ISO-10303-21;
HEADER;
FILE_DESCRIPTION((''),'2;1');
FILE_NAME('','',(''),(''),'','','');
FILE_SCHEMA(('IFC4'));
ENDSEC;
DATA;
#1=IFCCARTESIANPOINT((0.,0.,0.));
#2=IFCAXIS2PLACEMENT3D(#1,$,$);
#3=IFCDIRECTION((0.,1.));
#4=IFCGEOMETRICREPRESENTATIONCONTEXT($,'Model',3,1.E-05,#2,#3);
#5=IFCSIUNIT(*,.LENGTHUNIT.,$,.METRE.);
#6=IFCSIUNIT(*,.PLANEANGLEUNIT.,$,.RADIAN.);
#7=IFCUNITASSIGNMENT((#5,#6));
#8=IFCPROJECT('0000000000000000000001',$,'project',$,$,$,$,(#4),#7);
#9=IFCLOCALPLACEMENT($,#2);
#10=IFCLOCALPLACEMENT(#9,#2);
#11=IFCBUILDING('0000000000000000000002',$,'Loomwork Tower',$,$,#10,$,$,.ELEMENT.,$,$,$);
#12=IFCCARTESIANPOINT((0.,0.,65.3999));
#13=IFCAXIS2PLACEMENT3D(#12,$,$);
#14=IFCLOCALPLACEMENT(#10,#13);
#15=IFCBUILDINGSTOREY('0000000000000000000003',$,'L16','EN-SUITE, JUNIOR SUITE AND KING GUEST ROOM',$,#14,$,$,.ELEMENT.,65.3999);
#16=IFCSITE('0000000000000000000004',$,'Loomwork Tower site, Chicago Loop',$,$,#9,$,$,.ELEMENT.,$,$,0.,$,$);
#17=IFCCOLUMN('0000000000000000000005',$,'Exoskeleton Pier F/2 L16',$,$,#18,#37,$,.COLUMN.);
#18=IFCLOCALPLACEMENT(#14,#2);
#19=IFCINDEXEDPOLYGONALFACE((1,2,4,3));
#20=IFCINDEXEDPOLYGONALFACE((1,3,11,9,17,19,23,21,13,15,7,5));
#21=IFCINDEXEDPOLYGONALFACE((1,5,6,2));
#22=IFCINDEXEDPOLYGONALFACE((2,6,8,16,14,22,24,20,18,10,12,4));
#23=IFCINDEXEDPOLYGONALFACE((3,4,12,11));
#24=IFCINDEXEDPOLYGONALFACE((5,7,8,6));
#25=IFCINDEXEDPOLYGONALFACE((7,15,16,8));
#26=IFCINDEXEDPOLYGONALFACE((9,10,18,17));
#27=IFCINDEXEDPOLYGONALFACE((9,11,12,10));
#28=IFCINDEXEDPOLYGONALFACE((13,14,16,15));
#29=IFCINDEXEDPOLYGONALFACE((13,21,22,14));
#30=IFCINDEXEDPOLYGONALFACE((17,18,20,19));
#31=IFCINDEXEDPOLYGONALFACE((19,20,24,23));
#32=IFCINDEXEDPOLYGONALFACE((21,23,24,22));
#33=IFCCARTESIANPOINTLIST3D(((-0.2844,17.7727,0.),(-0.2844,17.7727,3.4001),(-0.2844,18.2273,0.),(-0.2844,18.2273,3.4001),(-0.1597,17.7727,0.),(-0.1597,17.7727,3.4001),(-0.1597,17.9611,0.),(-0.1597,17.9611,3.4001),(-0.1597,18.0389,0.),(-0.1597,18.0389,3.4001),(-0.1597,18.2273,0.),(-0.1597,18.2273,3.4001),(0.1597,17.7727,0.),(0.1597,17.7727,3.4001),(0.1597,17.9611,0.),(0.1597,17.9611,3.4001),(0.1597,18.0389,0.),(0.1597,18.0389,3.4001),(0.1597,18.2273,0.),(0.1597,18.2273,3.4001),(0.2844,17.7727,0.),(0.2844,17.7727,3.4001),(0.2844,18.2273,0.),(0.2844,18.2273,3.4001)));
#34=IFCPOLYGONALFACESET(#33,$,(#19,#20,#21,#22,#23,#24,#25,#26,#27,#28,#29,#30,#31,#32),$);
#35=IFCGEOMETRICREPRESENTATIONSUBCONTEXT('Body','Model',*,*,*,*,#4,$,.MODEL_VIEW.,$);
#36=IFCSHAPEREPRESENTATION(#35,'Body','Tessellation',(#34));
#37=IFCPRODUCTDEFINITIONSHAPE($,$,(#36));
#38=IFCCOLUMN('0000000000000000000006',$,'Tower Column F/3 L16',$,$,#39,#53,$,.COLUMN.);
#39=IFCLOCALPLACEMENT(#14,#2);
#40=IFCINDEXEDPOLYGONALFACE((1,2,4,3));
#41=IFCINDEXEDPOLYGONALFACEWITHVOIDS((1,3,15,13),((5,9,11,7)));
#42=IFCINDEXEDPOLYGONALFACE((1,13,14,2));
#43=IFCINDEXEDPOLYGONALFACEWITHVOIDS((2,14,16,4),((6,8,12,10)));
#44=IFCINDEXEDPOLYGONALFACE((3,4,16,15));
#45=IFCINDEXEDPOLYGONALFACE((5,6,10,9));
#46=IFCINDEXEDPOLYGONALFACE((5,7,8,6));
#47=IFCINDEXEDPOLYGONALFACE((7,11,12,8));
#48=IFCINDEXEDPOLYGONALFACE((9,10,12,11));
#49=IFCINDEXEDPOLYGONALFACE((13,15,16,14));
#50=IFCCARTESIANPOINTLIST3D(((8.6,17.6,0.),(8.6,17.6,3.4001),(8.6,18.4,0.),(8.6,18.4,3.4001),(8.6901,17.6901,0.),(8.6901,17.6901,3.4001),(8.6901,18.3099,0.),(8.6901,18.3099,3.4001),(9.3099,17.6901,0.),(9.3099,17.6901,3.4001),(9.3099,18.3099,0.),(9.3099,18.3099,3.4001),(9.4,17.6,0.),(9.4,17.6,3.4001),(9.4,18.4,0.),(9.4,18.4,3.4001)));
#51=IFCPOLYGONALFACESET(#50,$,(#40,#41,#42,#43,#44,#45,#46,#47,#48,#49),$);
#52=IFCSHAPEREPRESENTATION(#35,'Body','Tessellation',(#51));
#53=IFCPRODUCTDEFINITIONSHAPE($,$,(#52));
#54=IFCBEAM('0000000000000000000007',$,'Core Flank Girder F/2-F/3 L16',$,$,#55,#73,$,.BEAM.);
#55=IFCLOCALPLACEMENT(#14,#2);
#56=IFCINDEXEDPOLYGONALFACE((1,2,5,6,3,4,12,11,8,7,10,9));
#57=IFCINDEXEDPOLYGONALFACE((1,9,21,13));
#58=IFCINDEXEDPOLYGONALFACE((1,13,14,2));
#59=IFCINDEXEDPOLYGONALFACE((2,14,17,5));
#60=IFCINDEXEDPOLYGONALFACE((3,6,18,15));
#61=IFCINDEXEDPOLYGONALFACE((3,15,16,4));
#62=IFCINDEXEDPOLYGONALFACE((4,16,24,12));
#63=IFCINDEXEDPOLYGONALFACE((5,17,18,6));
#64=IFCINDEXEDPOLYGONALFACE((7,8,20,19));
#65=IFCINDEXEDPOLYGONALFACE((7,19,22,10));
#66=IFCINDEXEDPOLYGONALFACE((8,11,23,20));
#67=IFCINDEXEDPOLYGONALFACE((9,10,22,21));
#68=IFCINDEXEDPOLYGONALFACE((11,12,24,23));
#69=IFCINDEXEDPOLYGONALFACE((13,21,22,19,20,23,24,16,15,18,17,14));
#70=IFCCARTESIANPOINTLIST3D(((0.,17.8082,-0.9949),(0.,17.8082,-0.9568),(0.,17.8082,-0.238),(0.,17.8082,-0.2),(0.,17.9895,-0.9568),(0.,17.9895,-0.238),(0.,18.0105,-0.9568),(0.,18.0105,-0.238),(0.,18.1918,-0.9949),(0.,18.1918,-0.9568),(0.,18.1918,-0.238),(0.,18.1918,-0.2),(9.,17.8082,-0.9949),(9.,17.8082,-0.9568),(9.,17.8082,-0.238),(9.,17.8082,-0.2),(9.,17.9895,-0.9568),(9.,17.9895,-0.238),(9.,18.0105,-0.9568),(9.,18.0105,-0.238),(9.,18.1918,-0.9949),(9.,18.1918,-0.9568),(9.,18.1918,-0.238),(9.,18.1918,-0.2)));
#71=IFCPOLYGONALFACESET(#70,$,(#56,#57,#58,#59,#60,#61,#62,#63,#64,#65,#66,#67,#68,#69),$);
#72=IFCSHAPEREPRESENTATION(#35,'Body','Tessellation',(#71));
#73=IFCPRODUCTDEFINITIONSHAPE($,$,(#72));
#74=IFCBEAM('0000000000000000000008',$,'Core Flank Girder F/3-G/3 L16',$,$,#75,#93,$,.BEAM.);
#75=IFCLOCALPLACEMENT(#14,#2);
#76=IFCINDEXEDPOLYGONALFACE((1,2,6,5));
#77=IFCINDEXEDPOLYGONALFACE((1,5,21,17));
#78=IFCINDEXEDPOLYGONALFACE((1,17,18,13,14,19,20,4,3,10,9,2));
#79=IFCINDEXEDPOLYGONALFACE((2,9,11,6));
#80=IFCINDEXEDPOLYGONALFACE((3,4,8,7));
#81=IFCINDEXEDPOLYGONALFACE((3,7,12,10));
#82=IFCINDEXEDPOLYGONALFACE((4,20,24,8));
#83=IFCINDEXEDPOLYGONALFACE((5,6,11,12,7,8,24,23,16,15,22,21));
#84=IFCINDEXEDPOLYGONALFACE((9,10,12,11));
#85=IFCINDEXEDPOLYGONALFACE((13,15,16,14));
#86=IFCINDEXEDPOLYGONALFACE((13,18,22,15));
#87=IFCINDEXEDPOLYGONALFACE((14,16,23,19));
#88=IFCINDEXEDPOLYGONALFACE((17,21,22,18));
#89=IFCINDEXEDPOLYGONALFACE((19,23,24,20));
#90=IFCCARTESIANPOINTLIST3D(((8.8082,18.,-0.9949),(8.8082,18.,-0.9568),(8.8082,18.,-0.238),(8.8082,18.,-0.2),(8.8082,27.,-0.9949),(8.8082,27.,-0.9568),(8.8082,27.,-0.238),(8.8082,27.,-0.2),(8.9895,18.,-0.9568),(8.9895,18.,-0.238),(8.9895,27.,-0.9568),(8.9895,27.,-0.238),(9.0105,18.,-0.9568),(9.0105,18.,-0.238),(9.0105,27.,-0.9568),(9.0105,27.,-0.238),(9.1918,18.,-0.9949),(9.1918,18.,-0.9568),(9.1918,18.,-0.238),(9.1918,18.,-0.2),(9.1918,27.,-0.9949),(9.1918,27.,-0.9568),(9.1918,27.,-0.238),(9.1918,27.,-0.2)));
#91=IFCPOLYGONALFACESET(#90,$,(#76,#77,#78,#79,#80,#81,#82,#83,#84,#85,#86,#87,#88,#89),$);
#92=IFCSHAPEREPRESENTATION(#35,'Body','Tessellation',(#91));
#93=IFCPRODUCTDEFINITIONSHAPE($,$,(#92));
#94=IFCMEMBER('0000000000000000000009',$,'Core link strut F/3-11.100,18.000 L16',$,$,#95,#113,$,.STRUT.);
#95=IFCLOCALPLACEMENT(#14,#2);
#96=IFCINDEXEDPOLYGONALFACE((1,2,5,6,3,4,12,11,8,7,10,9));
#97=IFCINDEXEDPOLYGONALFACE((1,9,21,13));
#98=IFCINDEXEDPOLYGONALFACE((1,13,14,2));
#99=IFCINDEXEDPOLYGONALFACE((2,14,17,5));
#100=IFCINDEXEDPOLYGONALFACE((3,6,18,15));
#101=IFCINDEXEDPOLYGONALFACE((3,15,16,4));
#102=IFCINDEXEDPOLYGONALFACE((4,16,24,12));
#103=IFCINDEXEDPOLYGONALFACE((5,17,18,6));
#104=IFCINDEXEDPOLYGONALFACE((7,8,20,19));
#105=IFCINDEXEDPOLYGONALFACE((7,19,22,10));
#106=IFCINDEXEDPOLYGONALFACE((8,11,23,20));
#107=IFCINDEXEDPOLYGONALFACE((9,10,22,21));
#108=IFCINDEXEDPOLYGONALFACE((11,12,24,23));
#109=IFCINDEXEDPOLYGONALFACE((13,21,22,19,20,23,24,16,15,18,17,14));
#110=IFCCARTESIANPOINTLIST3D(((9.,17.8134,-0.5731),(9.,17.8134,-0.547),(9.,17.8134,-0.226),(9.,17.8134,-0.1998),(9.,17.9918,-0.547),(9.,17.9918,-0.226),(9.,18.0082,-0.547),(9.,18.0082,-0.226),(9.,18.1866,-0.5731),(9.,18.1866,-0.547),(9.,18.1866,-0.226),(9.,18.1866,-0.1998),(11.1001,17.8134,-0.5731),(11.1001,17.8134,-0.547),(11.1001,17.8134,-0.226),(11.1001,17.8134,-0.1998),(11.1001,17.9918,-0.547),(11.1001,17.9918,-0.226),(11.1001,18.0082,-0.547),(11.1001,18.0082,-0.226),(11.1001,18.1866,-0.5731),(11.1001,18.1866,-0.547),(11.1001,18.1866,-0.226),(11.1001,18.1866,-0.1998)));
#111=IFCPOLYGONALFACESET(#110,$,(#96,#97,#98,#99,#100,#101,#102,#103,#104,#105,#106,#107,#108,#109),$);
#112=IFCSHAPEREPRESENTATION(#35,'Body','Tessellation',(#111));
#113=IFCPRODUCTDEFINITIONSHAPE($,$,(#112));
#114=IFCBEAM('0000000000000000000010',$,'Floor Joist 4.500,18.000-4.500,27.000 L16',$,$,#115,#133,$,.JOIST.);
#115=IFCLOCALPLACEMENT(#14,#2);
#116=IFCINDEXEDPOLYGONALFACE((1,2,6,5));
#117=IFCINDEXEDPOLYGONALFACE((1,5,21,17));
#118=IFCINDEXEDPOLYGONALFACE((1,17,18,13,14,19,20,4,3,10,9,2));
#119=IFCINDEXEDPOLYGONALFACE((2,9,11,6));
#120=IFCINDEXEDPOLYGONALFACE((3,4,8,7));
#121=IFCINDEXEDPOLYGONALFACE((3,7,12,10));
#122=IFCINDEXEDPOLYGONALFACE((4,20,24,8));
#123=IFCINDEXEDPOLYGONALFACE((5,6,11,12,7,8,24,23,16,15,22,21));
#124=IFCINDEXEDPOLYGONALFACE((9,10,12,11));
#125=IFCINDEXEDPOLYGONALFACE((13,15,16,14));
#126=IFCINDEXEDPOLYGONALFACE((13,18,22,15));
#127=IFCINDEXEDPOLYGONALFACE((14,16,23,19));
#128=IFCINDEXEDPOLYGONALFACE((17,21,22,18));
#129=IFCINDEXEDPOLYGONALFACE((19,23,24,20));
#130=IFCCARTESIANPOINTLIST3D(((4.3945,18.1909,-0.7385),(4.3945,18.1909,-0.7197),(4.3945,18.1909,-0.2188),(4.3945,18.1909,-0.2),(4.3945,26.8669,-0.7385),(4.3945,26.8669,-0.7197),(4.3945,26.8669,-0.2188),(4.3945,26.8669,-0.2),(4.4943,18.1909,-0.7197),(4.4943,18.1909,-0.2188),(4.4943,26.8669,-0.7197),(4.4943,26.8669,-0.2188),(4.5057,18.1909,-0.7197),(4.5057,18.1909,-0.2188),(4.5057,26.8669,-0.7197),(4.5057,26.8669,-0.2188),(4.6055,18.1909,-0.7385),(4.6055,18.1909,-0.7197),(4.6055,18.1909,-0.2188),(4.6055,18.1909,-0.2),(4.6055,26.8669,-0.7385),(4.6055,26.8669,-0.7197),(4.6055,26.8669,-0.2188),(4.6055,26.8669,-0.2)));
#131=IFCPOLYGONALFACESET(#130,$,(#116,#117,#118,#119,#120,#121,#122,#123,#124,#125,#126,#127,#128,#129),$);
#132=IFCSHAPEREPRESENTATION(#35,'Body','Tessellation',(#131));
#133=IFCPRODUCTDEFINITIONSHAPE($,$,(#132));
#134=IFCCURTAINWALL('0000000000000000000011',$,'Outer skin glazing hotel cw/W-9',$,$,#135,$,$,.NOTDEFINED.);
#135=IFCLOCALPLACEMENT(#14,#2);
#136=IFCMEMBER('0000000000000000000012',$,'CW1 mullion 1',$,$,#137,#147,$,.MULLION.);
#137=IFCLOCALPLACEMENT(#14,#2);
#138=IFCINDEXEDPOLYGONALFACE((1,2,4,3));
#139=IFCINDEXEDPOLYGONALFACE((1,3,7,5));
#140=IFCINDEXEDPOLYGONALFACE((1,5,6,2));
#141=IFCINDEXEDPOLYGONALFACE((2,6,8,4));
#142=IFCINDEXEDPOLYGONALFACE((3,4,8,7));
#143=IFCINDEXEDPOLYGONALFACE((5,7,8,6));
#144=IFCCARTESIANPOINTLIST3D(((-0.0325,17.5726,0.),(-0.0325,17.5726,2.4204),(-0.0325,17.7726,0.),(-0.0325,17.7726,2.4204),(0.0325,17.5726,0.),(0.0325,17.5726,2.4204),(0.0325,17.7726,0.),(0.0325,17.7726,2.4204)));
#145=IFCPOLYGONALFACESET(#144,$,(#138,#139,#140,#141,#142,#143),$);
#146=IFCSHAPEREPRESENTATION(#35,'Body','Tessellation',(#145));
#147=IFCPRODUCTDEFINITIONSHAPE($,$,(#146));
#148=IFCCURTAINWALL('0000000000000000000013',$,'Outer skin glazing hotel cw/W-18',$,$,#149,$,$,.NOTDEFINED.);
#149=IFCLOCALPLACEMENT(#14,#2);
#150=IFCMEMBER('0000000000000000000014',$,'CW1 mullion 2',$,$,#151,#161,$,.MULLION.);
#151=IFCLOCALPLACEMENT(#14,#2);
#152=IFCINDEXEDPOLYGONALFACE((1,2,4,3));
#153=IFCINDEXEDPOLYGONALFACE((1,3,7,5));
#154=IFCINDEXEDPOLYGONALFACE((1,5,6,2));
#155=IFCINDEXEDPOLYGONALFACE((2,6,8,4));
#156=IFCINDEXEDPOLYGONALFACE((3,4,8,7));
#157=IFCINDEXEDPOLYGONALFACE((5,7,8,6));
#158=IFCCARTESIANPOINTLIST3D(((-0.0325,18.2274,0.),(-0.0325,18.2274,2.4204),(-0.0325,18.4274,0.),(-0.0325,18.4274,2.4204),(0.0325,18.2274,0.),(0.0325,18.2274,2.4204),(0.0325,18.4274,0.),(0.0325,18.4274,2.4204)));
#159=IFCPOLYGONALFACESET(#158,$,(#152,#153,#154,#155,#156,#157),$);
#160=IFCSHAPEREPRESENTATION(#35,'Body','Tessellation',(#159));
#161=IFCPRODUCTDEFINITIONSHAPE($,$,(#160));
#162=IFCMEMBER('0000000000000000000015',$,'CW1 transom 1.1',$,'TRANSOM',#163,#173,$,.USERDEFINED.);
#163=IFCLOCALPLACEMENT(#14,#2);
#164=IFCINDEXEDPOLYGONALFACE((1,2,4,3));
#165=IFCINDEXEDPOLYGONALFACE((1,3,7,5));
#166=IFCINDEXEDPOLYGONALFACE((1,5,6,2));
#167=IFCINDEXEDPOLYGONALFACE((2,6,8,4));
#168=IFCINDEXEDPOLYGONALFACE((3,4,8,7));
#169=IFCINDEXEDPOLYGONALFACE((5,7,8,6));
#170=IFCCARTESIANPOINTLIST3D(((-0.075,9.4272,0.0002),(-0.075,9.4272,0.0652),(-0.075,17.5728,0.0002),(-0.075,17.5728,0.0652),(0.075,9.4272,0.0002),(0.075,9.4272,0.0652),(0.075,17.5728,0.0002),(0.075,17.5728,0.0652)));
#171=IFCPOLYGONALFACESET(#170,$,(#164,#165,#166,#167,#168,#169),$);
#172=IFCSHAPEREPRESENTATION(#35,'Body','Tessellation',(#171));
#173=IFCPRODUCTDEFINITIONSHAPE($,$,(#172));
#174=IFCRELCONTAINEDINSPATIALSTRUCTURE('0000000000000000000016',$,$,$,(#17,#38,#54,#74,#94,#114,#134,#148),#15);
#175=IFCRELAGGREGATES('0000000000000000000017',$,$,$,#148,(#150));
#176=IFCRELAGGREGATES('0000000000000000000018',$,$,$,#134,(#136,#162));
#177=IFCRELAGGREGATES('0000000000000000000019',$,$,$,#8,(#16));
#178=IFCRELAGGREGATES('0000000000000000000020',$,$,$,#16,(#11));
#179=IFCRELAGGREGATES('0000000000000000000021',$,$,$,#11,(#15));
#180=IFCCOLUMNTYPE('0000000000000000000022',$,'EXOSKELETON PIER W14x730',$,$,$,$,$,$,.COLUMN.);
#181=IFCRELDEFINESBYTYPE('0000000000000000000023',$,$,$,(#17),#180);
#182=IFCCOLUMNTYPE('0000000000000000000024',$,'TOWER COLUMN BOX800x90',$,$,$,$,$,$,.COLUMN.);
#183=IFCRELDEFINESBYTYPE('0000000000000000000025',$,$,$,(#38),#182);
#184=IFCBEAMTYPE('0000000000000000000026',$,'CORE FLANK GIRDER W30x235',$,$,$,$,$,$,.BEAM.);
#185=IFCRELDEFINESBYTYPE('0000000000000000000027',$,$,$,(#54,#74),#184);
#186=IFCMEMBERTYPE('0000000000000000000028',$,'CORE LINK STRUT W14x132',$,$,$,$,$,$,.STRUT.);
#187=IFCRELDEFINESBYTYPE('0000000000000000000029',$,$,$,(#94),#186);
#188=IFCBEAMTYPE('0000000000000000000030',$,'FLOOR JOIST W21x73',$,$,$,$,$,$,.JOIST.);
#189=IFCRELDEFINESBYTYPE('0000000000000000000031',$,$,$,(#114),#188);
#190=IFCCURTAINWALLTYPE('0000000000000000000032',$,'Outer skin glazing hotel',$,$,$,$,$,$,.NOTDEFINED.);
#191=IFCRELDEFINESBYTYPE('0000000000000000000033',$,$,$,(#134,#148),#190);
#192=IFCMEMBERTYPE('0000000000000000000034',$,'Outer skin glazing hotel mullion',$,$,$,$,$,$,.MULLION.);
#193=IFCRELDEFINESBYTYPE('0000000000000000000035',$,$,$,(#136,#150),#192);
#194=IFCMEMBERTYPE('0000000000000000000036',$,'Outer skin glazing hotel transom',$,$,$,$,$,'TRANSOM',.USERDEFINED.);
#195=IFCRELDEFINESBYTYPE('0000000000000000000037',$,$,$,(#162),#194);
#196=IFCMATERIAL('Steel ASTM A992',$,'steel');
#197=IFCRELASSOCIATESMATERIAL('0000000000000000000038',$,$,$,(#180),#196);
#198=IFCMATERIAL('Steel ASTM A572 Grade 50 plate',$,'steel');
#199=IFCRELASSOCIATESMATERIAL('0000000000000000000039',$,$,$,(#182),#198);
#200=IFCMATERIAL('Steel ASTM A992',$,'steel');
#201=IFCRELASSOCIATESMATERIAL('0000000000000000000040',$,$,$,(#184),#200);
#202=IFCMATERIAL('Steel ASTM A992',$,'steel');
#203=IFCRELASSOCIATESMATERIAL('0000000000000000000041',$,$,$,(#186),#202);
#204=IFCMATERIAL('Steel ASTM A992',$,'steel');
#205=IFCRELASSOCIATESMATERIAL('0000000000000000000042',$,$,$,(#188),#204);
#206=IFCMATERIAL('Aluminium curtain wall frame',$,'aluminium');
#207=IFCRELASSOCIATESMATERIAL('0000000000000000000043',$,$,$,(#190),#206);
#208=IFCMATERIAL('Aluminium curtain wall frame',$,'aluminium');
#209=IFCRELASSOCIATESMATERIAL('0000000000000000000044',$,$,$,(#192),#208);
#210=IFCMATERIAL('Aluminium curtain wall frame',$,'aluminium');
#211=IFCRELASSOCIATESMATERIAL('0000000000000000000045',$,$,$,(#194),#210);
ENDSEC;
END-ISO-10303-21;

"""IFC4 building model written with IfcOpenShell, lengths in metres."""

from ifc_helpers import new_model, si_unit, direction, frame, origin, origin_2d, place, context, subcontext, project, spatial, rectangle, hollow_rectangle, i_section, extrude, material, material_profile, profile_set, type_object, element, aggregate, save


model = new_model("IFC4")

# Units and contexts
model_context = context("Model", 3, precision=1e-05, world=origin(), true_north=direction((0.0, 1.0)))
body_context = subcontext(model_context, "Body", "Model", "MODEL_VIEW")
ifc_project = project(units=[si_unit("LENGTHUNIT", "METRE"), si_unit("PLANEANGLEUNIT", "RADIAN")], contexts=[model_context])

# Site, building, storey
site_placement = place(None, origin())
site = spatial("IfcSite", under=ifc_project, at=site_placement, Name="Loomwork Tower site, Chicago Loop", CompositionType="ELEMENT", RefElevation=0.0)
building_placement = place(site_placement, origin())
building = spatial("IfcBuilding", under=site, at=building_placement, Name="Loomwork Tower", CompositionType="ELEMENT")
storey_placement = place(building_placement, frame((0.0, 0.0, 65.3999)))
storey = spatial("IfcBuildingStorey", under=building, at=storey_placement, Name="L16", Description="EN-SUITE, JUNIOR SUITE AND KING GUEST ROOM", CompositionType="ELEMENT", Elevation=65.3999)

# Columns
ifc_material_1 = material(Name="Steel ASTM A992", Category="steel")
ifc_material_profile_1 = material_profile(ifc_material_1, i_section(OverallWidth=0.4546, OverallDepth=0.5688, WebThickness=0.0779, FlangeThickness=0.1248, at=origin_2d()), Name="W14x730")
ifc_profile_set_1 = profile_set([ifc_material_profile_1], Name="Steel ASTM A992")
column_type_1 = type_object("IfcColumnType", Name="EXOSKELETON PIER W14x730", PredefinedType="COLUMN", material=ifc_profile_set_1)
column_1_placement = place(storey_placement, frame((0.0, 18.0, 0.0), z_axis=(0.0, 0.0, 1.0), x_axis=(0.0, 1.0, 0.0)))
element("IfcColumn", 1, at=column_1_placement, inside=storey, type_object=column_type_1, Name="Exoskeleton Pier F/2 L16", PredefinedType="COLUMN", context=body_context, shape_type="SweptSolid", body=[
    extrude(i_section(OverallWidth=0.4546, OverallDepth=0.5688, WebThickness=0.0779, FlangeThickness=0.1248, at=origin_2d()), origin(), (0.0, 0.0, 1.0), 3.4001),
])
ifc_material_2 = material(Name="Steel ASTM A572 Grade 50 plate", Category="steel")
ifc_material_profile_2 = material_profile(ifc_material_2, hollow_rectangle(XDim=0.8, YDim=0.8, WallThickness=0.0901, at=origin_2d()), Name="BOX800x90")
ifc_profile_set_2 = profile_set([ifc_material_profile_2], Name="Steel ASTM A572 Grade 50 plate")
column_type_2 = type_object("IfcColumnType", Name="TOWER COLUMN BOX800x90", PredefinedType="COLUMN", material=ifc_profile_set_2)
column_2_placement = place(storey_placement, frame((9.0, 18.0, 0.0), z_axis=(0.0, 0.0, 1.0), x_axis=(1.0, 0.0, 0.0)))
element("IfcColumn", 2, at=column_2_placement, inside=storey, type_object=column_type_2, Name="Tower Column F/3 L16", PredefinedType="COLUMN", context=body_context, shape_type="SweptSolid", body=[
    extrude(hollow_rectangle(XDim=0.8, YDim=0.8, WallThickness=0.0901, at=origin_2d()), origin(), (0.0, 0.0, 1.0), 3.4001),
])

# Beams
ifc_material_3 = material(Name="Steel ASTM A992", Category="steel")
ifc_material_profile_3 = material_profile(ifc_material_3, i_section(OverallWidth=0.3835, OverallDepth=0.7949, WebThickness=0.021, FlangeThickness=0.0381, at=origin_2d()), Name="W30x235")
ifc_profile_set_3 = profile_set([ifc_material_profile_3], Name="Steel ASTM A992")
beam_type_1 = type_object("IfcBeamType", Name="CORE FLANK GIRDER W30x235", PredefinedType="BEAM", material=ifc_profile_set_3)
for number, where, z_axis, x_axis, name in (
    (3, (0.0, 18.0, -0.5974), (1.0, 0.0, 0.0), (0.0, 1.0, 0.0), "Core Flank Girder F/2-F/3 L16"),
    (4, (9.0, 18.0, -0.5974), (0.0, 1.0, 0.0), (-1.0, 0.0, 0.0), "Core Flank Girder F/3-G/3 L16"),
):
    element("IfcBeam", number, at=place(storey_placement, frame(where, z_axis=z_axis, x_axis=x_axis)), inside=storey, type_object=beam_type_1, Name=name, PredefinedType="BEAM", context=body_context, shape_type="SweptSolid", body=[
        extrude(i_section(OverallWidth=0.3835, OverallDepth=0.7949, WebThickness=0.021, FlangeThickness=0.0381, at=origin_2d()), origin(), (0.0, 0.0, 1.0), 9.0),
    ])

# Member
ifc_material_4 = material(Name="Steel ASTM A992", Category="steel")
ifc_material_profile_4 = material_profile(ifc_material_4, i_section(OverallWidth=0.3733, OverallDepth=0.3733, WebThickness=0.0164, FlangeThickness=0.0261, at=origin_2d()), Name="W14x132")
ifc_profile_set_4 = profile_set([ifc_material_profile_4], Name="Steel ASTM A992")
member_type_1 = type_object("IfcMemberType", Name="CORE LINK STRUT W14x132", PredefinedType="STRUT", material=ifc_profile_set_4)
member_1_placement = place(storey_placement, frame((9.0, 18.0, -0.3865), z_axis=(1.0, 0.0, 0.0), x_axis=(0.0, 1.0, 0.0)))
element("IfcMember", 5, at=member_1_placement, inside=storey, type_object=member_type_1, Name="Core link strut F/3-11.100,18.000 L16", PredefinedType="STRUT", context=body_context, shape_type="SweptSolid", body=[
    extrude(i_section(OverallWidth=0.3733, OverallDepth=0.3733, WebThickness=0.0164, FlangeThickness=0.0261, at=origin_2d()), origin(), (0.0, 0.0, 1.0), 2.1001),
])

# Beam
ifc_material_5 = material(Name="Steel ASTM A992", Category="steel")
ifc_material_profile_5 = material_profile(ifc_material_5, i_section(OverallWidth=0.2109, OverallDepth=0.5386, WebThickness=0.0115, FlangeThickness=0.0188, at=origin_2d()), Name="W21x73")
ifc_profile_set_5 = profile_set([ifc_material_profile_5], Name="Steel ASTM A992")
beam_type_2 = type_object("IfcBeamType", Name="FLOOR JOIST W21x73", PredefinedType="JOIST", material=ifc_profile_set_5)
beam_1_placement = place(storey_placement, frame((4.5, 18.1909, -0.4692), z_axis=(0.0, 1.0, 0.0), x_axis=(-1.0, 0.0, 0.0)))
element("IfcBeam", 6, at=beam_1_placement, inside=storey, type_object=beam_type_2, Name="Floor Joist 4.500,18.000-4.500,27.000 L16", PredefinedType="JOIST", context=body_context, shape_type="SweptSolid", body=[
    extrude(i_section(OverallWidth=0.2109, OverallDepth=0.5386, WebThickness=0.0115, FlangeThickness=0.0188, at=origin_2d()), origin(), (0.0, 0.0, 1.0), 8.676),
])

# Curtain walls, members
ifc_material_6 = material(Name="Aluminium curtain wall frame", Category="aluminium")
curtain_wall_type = type_object("IfcCurtainWallType", Name="Outer skin glazing hotel", PredefinedType="NOTDEFINED", material=ifc_material_6)
curtain_wall_1_placement = place(storey_placement, origin())
curtain_wall_1 = element("IfcCurtainWall", 7, at=curtain_wall_1_placement, inside=storey, type_object=curtain_wall_type, Name="Outer skin glazing hotel cw/W-9", PredefinedType="NOTDEFINED")
ifc_material_7 = material(Name="Aluminium curtain wall frame", Category="aluminium")
ifc_material_profile_6 = material_profile(ifc_material_7, rectangle(XDim=0.0649, YDim=0.2, at=origin_2d()), Name="AL 65x200")
ifc_profile_set_6 = profile_set([ifc_material_profile_6], Name="Aluminium curtain wall frame")
member_type_2 = type_object("IfcMemberType", Name="Outer skin glazing hotel mullion", PredefinedType="MULLION", material=ifc_profile_set_6)
member_2_placement = place(storey_placement, frame((0.0, 17.6726, 0.0), z_axis=(0.0, 0.0, 1.0), x_axis=(1.0, 0.0, 0.0)))
member_2 = element("IfcMember", 8, at=member_2_placement, type_object=member_type_2, Name="CW1 mullion 1", PredefinedType="MULLION", context=body_context, shape_type="SweptSolid", body=[
    extrude(rectangle(XDim=0.0649, YDim=0.2, at=origin_2d()), origin(), (0.0, 0.0, 1.0), 2.4204),
])
curtain_wall_2_placement = place(storey_placement, origin())
curtain_wall_2 = element("IfcCurtainWall", 9, at=curtain_wall_2_placement, inside=storey, type_object=curtain_wall_type, Name="Outer skin glazing hotel cw/W-18", PredefinedType="NOTDEFINED")
member_3_placement = place(storey_placement, frame((0.0, 18.3274, 0.0), z_axis=(0.0, 0.0, 1.0), x_axis=(1.0, 0.0, 0.0)))
member_3 = element("IfcMember", 10, at=member_3_placement, type_object=member_type_2, Name="CW1 mullion 2", PredefinedType="MULLION", context=body_context, shape_type="SweptSolid", body=[
    extrude(rectangle(XDim=0.0649, YDim=0.2, at=origin_2d()), origin(), (0.0, 0.0, 1.0), 2.4204),
])
aggregate(curtain_wall_2, [member_3])

# Member
ifc_material_8 = material(Name="Aluminium curtain wall frame", Category="aluminium")
ifc_material_profile_7 = material_profile(ifc_material_8, rectangle(XDim=0.1499, YDim=0.0649, at=origin_2d()), Name="AL 65x150")
ifc_profile_set_7 = profile_set([ifc_material_profile_7], Name="Aluminium curtain wall frame")
member_type_3 = type_object("IfcMemberType", Name="Outer skin glazing hotel transom", ElementType="TRANSOM", PredefinedType="USERDEFINED", material=ifc_profile_set_7)
member_4_placement = place(storey_placement, frame((0.0, 17.5728, 0.0327), z_axis=(0.0, -1.0, 0.0), x_axis=(1.0, 0.0, 0.0)))
member_4 = element("IfcMember", 11, at=member_4_placement, type_object=member_type_3, Name="CW1 transom 1.1", ObjectType="TRANSOM", PredefinedType="USERDEFINED", context=body_context, shape_type="SweptSolid", body=[
    extrude(rectangle(XDim=0.1499, YDim=0.0649, at=origin_2d()), origin(), (0.0, 0.0, 1.0), 8.1455),
])
aggregate(curtain_wall_1, [member_2, member_4])

save(model, "model.ifc")
